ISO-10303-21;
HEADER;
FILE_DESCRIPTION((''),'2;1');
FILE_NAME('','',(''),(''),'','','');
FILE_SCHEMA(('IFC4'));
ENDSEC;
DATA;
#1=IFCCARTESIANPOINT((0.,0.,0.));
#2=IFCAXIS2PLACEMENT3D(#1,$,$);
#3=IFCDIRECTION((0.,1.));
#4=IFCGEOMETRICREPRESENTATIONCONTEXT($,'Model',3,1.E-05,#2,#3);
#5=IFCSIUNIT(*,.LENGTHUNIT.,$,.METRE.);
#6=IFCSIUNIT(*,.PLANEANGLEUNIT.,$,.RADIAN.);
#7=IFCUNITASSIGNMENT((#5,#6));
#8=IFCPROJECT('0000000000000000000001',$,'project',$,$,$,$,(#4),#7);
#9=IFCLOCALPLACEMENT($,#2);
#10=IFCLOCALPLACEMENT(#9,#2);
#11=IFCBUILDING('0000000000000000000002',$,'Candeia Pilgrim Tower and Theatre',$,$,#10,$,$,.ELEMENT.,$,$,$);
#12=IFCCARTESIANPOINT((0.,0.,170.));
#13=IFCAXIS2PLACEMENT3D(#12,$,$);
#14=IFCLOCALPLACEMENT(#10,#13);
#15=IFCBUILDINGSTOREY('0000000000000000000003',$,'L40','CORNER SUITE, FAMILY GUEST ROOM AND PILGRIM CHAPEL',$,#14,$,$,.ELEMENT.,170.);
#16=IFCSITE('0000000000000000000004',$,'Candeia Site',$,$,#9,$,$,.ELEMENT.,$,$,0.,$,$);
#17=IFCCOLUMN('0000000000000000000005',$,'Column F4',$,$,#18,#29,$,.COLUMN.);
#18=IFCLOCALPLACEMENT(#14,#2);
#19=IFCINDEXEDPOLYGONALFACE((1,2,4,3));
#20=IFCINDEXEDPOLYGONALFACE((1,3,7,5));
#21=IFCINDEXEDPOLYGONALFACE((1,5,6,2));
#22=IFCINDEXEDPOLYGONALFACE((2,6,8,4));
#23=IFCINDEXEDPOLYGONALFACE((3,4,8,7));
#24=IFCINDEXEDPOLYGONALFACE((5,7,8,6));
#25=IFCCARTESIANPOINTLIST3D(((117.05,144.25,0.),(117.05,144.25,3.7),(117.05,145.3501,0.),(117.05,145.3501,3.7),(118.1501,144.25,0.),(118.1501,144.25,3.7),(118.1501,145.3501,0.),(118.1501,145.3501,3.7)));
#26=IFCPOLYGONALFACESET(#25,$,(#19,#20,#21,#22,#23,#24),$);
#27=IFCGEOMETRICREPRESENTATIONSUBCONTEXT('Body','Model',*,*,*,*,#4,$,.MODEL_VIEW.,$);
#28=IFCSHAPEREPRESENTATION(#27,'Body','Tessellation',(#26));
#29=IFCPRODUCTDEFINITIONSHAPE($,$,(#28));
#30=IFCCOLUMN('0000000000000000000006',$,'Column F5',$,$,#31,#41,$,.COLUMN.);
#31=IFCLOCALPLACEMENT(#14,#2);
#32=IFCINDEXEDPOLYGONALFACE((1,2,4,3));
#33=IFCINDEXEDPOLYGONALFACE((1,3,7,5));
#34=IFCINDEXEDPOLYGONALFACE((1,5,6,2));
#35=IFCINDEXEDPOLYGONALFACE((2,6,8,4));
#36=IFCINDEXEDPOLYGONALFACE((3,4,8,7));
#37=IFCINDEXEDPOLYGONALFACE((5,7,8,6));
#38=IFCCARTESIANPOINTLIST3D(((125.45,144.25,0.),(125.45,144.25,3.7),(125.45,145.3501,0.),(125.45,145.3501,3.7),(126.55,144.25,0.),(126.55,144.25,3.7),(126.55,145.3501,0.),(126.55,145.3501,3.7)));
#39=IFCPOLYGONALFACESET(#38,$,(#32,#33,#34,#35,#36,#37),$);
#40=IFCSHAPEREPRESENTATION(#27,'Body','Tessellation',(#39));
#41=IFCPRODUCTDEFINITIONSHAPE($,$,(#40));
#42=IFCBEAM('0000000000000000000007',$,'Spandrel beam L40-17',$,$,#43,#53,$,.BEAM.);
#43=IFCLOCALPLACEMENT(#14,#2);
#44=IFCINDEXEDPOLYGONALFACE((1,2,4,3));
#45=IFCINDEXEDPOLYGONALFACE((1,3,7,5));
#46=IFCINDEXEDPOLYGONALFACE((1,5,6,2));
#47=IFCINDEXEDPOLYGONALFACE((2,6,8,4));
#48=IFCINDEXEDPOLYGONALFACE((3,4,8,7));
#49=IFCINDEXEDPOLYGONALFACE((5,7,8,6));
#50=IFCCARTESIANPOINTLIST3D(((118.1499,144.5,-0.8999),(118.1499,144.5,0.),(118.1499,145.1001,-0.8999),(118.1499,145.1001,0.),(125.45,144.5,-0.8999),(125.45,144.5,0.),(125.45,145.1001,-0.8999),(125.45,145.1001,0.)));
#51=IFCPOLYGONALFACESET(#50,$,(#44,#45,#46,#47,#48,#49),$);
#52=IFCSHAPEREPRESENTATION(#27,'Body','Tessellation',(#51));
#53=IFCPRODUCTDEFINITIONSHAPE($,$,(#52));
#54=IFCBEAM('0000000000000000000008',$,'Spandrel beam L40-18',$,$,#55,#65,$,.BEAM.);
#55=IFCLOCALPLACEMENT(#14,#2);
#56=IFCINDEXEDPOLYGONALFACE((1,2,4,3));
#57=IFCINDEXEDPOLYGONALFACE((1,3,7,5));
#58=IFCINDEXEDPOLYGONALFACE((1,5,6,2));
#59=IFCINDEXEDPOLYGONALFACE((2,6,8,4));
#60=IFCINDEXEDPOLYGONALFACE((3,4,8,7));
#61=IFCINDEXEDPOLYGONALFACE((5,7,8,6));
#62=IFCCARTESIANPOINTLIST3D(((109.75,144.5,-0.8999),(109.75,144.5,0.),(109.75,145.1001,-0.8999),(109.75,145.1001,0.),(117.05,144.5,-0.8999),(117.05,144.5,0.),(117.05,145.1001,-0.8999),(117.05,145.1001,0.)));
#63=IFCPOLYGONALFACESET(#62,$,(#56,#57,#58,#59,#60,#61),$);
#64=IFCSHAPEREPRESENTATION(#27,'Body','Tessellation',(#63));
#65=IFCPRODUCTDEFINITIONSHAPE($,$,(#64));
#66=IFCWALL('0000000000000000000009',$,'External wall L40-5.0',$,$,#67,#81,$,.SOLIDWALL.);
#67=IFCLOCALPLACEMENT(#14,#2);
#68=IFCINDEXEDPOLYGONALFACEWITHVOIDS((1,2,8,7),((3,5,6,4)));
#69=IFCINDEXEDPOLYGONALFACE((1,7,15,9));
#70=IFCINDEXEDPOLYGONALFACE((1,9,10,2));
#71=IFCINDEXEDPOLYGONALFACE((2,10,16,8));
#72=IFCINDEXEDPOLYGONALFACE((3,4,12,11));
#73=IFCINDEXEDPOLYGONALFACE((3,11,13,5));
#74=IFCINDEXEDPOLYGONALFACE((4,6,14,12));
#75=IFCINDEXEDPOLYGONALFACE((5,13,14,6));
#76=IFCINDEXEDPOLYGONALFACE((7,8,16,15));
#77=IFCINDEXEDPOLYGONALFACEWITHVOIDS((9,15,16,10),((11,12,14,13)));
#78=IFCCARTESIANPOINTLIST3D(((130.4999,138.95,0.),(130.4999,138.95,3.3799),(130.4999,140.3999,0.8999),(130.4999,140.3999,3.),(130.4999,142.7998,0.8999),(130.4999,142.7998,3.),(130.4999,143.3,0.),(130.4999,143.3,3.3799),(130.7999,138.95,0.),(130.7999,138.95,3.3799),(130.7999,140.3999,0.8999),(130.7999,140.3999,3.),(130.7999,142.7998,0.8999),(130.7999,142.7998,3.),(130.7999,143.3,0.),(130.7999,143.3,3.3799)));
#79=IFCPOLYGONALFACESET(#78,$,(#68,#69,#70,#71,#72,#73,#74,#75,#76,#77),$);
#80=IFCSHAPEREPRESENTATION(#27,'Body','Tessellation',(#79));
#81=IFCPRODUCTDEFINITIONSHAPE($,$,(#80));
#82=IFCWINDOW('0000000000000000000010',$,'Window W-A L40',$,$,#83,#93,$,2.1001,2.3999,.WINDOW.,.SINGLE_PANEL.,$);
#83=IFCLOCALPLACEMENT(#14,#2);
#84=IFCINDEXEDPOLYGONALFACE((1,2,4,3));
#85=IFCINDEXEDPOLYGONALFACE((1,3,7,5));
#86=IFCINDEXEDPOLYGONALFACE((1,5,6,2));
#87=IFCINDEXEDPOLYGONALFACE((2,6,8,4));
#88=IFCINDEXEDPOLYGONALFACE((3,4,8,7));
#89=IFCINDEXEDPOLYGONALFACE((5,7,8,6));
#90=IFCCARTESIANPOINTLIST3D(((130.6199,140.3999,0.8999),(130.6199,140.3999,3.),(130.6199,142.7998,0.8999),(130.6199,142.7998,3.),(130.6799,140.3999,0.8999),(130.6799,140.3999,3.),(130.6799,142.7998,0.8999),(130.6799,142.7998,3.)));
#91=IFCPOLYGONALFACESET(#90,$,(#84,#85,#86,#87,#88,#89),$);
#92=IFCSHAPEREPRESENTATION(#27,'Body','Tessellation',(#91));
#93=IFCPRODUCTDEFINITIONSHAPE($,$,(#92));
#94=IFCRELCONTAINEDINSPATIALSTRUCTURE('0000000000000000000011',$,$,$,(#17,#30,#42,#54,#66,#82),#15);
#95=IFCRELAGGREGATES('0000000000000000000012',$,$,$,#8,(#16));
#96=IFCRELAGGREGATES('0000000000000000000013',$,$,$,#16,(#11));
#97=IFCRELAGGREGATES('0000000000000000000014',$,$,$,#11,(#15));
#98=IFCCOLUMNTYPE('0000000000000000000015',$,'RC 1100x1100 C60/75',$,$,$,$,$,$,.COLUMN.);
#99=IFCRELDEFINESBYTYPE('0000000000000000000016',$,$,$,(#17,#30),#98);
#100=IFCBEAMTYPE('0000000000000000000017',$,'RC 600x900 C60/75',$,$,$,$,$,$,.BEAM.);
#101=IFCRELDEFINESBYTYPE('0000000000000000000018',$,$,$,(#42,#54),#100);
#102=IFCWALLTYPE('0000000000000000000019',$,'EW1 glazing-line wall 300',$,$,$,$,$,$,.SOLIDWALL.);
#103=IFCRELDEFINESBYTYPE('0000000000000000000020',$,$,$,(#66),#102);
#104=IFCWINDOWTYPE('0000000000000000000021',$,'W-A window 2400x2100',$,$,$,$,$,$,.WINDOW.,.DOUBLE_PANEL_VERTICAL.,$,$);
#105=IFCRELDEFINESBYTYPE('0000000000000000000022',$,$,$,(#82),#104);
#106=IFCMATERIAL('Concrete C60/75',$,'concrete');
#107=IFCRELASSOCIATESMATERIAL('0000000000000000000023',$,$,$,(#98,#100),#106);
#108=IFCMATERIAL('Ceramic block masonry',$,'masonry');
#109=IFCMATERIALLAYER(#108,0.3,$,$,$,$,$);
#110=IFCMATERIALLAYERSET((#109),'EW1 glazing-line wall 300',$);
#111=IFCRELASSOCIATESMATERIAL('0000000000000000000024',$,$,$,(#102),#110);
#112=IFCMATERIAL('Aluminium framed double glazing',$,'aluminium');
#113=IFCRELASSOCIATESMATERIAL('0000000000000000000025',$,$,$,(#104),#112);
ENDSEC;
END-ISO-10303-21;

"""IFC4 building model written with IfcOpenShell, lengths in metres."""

from ifc_helpers import new_model, si_unit, direction, frame, frame_2d, origin, origin_2d, place, context, subcontext, project, spatial, rectangle, extrude, material, layer, layer_set, material_profile, profile_set, type_object, element, fill, save


model = new_model("IFC4")

# Units and contexts
model_context = context("Model", 3, precision=1e-05, world=origin(), true_north=direction((0.0, 1.0)))
body_context = subcontext(model_context, "Body", "Model", "MODEL_VIEW")
ifc_project = project(units=[si_unit("LENGTHUNIT", "METRE"), si_unit("PLANEANGLEUNIT", "RADIAN")], contexts=[model_context])

# Site, building, storey
site_placement = place(None, origin())
site = spatial("IfcSite", under=ifc_project, at=site_placement, Name="Candeia Site", CompositionType="ELEMENT", RefElevation=0.0)
building_placement = place(site_placement, origin())
building = spatial("IfcBuilding", under=site, at=building_placement, Name="Candeia Pilgrim Tower and Theatre", CompositionType="ELEMENT")
storey_placement = place(building_placement, frame((0.0, 0.0, 170.0)))
storey = spatial("IfcBuildingStorey", under=building, at=storey_placement, Name="L40", Description="CORNER SUITE, FAMILY GUEST ROOM AND PILGRIM CHAPEL", CompositionType="ELEMENT", Elevation=170.0)

# Columns
ifc_material_1 = material(Name="Concrete C60/75", Category="concrete")
ifc_material_profile_1 = material_profile(ifc_material_1, rectangle(XDim=1.1001, YDim=1.1001, at=origin_2d()))
ifc_profile_set_1 = profile_set([ifc_material_profile_1], Name="Concrete C60/75")
column_type = type_object("IfcColumnType", Name="RC 1100x1100 C60/75", PredefinedType="COLUMN", material=ifc_profile_set_1)
for number, where, z_axis, x_axis, name in (
    (1, (117.6001, 144.8, 0.0), (0.0, 0.0, 1.0), (1.0, 0.0, 0.0), "Column F4"),
    (2, (126.0, 144.8, 0.0), (0.0, 0.0, 1.0), (1.0, 0.0, 0.0), "Column F5"),
):
    element("IfcColumn", number, at=place(storey_placement, frame(where, z_axis=z_axis, x_axis=x_axis)), inside=storey, type_object=column_type, Name=name, PredefinedType="COLUMN", context=body_context, shape_type="SweptSolid", body=[
        extrude(rectangle(XDim=1.1001, YDim=1.1001, at=origin_2d()), origin(), (0.0, 0.0, 1.0), 3.7),
    ])

# Beams
ifc_material_profile_2 = material_profile(ifc_material_1, rectangle(XDim=0.6001, YDim=0.8999, at=origin_2d()))
ifc_profile_set_2 = profile_set([ifc_material_profile_2], Name="Concrete C60/75")
beam_type = type_object("IfcBeamType", Name="RC 600x900 C60/75", PredefinedType="BEAM", material=ifc_profile_set_2)
for number, where, z_axis, x_axis, name in (
    (3, (125.45, 144.8, -0.45), (-1.0, 0.0, 0.0), (0.0, -1.0, 0.0), "Spandrel beam L40-17"),
    (4, (117.05, 144.8, -0.45), (-1.0, 0.0, 0.0), (0.0, -1.0, 0.0), "Spandrel beam L40-18"),
):
    element("IfcBeam", number, at=place(storey_placement, frame(where, z_axis=z_axis, x_axis=x_axis)), inside=storey, type_object=beam_type, Name=name, PredefinedType="BEAM", context=body_context, shape_type="SweptSolid", body=[
        extrude(rectangle(XDim=0.6001, YDim=0.8999, at=origin_2d()), origin(), (0.0, 0.0, 1.0), 7.3),
    ])

# Wall, opening, window
ifc_material_2 = material(Name="Ceramic block masonry", Category="masonry")
ifc_layer_1 = layer(ifc_material_2, 0.3)
ifc_layer_set_1 = layer_set([ifc_layer_1], Name="EW1 glazing-line wall 300")
wall_type_1 = type_object("IfcWallType", Name="EW1 glazing-line wall 300", PredefinedType="SOLIDWALL", material=ifc_layer_set_1)
wall_1_placement = place(storey_placement, frame((130.6499, 138.95, 0.0), z_axis=(0.0, 0.0, 1.0), x_axis=(0.0, 1.0, 0.0)))
wall_1 = element("IfcWall", 5, at=wall_1_placement, inside=storey, type_object=wall_type_1, Name="External wall L40-5.0", PredefinedType="SOLIDWALL", context=body_context, shape_type="SweptSolid", body=[
    extrude(rectangle(XDim=4.3501, YDim=0.3, at=frame_2d((2.175, 0.0))), origin(), (0.0, 0.0, 1.0), 3.3799),
])
opening_1_placement = place(wall_1_placement, frame((1.45, 0.0, 0.8999)))
opening_1 = element("IfcOpeningElement", 6, at=opening_1_placement, cuts=wall_1, PredefinedType="OPENING", context=body_context, shape_type="SweptSolid", body=[
    extrude(rectangle(XDim=2.3999, YDim=2.1001, at=frame_2d((1.2, 1.05))), frame((0.0, 0.1602, 0.0), z_axis=(0.0, -1.0, 0.0), x_axis=(1.0, 0.0, 0.0)), (0.0, 0.0, 1.0), 0.3201),
])
ifc_material_3 = material(Name="Aluminium framed double glazing", Category="aluminium")
window_type_1 = type_object("IfcWindowType", Name="W-A window 2400x2100", PartitioningType="DOUBLE_PANEL_VERTICAL", PredefinedType="WINDOW", material=ifc_material_3)
window_1_placement = place(opening_1_placement, origin())
window_1 = element("IfcWindow", 7, at=window_1_placement, inside=storey, type_object=window_type_1, Name="Window W-A L40", OverallHeight=2.1001, OverallWidth=2.3999, PartitioningType="SINGLE_PANEL", PredefinedType="WINDOW", context=body_context, shape_type="SweptSolid", body=[
    extrude(rectangle(XDim=2.3999, YDim=2.1001, at=frame_2d((1.2, 1.05))), frame((0.0, 0.03, 0.0), z_axis=(0.0, -1.0, 0.0), x_axis=(1.0, 0.0, 0.0)), (0.0, 0.0, 1.0), 0.0601),
])
fill(opening_1, window_1)

save(model, "model.ifc")
